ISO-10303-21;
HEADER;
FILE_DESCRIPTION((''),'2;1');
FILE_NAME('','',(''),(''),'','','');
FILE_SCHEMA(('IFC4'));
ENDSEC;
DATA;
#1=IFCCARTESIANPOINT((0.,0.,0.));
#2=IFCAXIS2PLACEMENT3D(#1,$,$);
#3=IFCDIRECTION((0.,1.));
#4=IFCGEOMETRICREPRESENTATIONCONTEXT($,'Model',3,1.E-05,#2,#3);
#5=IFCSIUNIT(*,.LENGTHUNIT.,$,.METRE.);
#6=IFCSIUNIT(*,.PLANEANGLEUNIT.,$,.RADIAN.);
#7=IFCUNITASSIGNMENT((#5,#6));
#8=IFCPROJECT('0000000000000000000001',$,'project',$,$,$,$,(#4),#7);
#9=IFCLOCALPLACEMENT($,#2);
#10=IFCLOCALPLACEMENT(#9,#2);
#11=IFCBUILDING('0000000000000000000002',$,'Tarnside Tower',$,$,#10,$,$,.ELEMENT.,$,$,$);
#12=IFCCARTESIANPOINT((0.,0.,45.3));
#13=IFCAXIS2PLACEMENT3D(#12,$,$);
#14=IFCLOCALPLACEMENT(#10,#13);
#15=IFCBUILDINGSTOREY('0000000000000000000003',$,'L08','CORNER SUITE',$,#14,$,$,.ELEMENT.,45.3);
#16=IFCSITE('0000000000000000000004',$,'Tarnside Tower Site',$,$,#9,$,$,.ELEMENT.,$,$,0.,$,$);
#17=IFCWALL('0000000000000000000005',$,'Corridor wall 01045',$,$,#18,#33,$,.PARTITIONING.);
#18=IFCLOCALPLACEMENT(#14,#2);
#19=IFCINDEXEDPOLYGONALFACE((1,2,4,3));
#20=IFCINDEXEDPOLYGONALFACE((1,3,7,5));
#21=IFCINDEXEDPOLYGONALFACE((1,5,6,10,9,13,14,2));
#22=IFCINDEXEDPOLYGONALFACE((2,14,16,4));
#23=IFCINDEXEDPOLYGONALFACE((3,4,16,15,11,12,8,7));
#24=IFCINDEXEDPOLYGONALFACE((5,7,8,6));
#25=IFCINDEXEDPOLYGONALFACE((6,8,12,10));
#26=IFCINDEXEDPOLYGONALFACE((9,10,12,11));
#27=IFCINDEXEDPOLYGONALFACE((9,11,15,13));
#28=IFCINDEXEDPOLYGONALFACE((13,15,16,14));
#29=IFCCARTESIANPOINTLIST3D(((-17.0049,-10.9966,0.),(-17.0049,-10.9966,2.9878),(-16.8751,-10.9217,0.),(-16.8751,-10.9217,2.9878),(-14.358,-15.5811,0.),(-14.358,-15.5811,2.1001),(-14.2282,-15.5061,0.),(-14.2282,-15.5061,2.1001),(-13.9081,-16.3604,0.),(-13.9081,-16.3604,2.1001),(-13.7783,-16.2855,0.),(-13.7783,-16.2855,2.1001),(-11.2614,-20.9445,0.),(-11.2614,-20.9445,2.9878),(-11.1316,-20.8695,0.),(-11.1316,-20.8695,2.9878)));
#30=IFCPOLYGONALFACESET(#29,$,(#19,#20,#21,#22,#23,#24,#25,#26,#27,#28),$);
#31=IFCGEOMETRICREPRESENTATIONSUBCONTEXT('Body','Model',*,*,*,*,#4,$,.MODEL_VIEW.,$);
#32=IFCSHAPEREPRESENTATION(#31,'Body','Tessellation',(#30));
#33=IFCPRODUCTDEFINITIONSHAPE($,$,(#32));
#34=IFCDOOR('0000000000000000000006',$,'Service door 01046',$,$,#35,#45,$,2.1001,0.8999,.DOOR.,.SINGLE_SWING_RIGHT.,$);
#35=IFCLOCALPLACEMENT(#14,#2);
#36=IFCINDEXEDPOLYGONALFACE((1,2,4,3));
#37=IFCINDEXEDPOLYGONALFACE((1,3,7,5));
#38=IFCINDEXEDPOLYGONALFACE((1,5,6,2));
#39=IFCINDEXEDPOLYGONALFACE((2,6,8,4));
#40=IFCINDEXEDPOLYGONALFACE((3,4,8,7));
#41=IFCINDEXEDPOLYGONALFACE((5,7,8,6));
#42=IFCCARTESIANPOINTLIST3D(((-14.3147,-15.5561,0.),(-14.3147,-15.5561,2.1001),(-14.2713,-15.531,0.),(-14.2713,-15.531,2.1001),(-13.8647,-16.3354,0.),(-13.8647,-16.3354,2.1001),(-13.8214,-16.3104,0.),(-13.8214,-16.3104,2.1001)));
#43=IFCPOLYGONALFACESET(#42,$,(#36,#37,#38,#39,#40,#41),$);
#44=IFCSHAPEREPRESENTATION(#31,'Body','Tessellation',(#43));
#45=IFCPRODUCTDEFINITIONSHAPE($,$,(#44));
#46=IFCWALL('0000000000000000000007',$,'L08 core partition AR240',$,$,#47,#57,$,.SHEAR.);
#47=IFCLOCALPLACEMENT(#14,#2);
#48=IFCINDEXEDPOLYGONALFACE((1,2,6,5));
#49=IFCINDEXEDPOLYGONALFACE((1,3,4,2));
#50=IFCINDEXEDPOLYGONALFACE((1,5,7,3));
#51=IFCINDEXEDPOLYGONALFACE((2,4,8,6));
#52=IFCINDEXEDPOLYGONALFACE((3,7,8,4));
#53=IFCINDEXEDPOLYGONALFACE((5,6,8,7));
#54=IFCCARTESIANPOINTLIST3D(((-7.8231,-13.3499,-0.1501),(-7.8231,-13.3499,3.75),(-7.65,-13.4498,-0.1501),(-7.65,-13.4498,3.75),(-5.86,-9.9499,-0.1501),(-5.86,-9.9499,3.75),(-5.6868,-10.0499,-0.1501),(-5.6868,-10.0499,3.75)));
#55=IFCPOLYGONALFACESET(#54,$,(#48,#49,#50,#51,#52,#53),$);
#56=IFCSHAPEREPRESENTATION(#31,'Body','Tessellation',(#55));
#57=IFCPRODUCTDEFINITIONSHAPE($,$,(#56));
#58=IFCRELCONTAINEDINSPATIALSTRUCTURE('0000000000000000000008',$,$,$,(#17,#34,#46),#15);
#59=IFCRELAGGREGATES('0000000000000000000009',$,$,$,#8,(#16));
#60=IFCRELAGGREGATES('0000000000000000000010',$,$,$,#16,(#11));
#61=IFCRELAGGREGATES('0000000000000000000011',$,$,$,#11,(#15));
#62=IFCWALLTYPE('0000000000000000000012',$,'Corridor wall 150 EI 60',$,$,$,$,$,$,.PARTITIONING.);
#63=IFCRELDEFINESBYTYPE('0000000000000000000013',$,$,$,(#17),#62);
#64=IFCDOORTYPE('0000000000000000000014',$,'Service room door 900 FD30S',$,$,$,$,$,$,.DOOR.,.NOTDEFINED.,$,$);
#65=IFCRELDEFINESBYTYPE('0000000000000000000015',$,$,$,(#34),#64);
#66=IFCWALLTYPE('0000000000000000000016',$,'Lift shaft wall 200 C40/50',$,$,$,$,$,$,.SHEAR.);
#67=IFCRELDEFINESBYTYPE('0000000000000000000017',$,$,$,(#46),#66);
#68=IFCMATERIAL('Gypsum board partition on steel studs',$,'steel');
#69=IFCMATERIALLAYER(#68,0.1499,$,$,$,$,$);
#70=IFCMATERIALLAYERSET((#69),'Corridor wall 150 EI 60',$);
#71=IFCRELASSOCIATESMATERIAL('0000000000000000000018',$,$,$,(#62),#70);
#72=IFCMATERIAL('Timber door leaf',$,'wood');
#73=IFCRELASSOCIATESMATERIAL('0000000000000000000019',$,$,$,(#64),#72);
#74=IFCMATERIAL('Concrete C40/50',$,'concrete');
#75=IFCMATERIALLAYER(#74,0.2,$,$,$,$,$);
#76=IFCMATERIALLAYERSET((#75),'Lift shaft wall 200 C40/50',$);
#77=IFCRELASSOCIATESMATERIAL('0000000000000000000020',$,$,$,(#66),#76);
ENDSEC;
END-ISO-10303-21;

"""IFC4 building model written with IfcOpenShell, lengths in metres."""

from ifc_helpers import new_model, si_unit, direction, frame, frame_2d, origin, place, context, subcontext, project, spatial, rectangle, extrude, material, layer, layer_set, type_object, element, fill, save


model = new_model("IFC4")

# Units and contexts
model_context = context("Model", 3, precision=1e-05, world=origin(), true_north=direction((0.0, 1.0)))
body_context = subcontext(model_context, "Body", "Model", "MODEL_VIEW")
ifc_project = project(units=[si_unit("LENGTHUNIT", "METRE"), si_unit("PLANEANGLEUNIT", "RADIAN")], contexts=[model_context])

# Site, building, storey
site_placement = place(None, origin())
site = spatial("IfcSite", under=ifc_project, at=site_placement, Name="Tarnside Tower Site", CompositionType="ELEMENT", RefElevation=0.0)
building_placement = place(site_placement, origin())
building = spatial("IfcBuilding", under=site, at=building_placement, Name="Tarnside Tower", CompositionType="ELEMENT")
storey_placement = place(building_placement, frame((0.0, 0.0, 45.3)))
storey = spatial("IfcBuildingStorey", under=building, at=storey_placement, Name="L08", Description="CORNER SUITE", CompositionType="ELEMENT", Elevation=45.3)

# Shared definitions
ifc_material_1 = material(Name="Gypsum board partition on steel studs", Category="steel")

# Shared definitions
ifc_material_2 = material(Name="Timber door leaf", Category="wood")

# Shared definitions
ifc_layer_1 = layer(ifc_material_1, 0.1499)
ifc_layer_set_1 = layer_set([ifc_layer_1], Name="Corridor wall 150 EI 60")
wall_type_1 = type_object("IfcWallType", Name="Corridor wall 150 EI 60", PredefinedType="PARTITIONING", material=ifc_layer_set_1)

# Wall, opening, door
wall_1_placement = place(storey_placement, frame((-11.1965, -20.907, 0.0), z_axis=(0.0, 0.0, 1.0), x_axis=(-0.500005, 0.866023, 0.0)))
wall_1 = element("IfcWall", 1, at=wall_1_placement, inside=storey, type_object=wall_type_1, Name="Corridor wall 01045", PredefinedType="PARTITIONING", context=body_context, shape_type="SweptSolid", body=[
    extrude(rectangle(XDim=11.4868, YDim=0.1499, at=frame_2d((5.7434, 0.0))), origin(), (0.0, 0.0, 1.0), 2.9878),
])
opening_1_placement = place(wall_1_placement, frame((5.2932, 0.0, 0.0)))
opening_1 = element("IfcOpeningElement", 2, at=opening_1_placement, cuts=wall_1, PredefinedType="OPENING", context=body_context, shape_type="SweptSolid", body=[
    extrude(rectangle(XDim=0.8999, YDim=2.1001, at=frame_2d((0.45, 1.05))), frame((0.0, 0.085, 0.0), z_axis=(0.0, -1.0, 0.0), x_axis=(1.0, 0.0, 0.0)), (0.0, 0.0, 1.0), 0.1699),
])
door_type_1 = type_object("IfcDoorType", Name="Service room door 900 FD30S", OperationType="NOTDEFINED", PredefinedType="DOOR", material=ifc_material_2)
door_1_placement = place(opening_1_placement, origin())
door_1 = element("IfcDoor", 3, at=door_1_placement, inside=storey, type_object=door_type_1, Name="Service door 01046", OperationType="SINGLE_SWING_RIGHT", OverallHeight=2.1001, OverallWidth=0.8999, PredefinedType="DOOR", context=body_context, shape_type="SweptSolid", body=[
    extrude(rectangle(XDim=0.8999, YDim=2.1001, at=frame_2d((0.45, 1.05))), frame((0.0, 0.0249, 0.0), z_axis=(0.0, -1.0, 0.0), x_axis=(1.0, 0.0, 0.0)), (0.0, 0.0, 1.0), 0.05),
])
fill(opening_1, door_1)

# Wall
ifc_material_3 = material(Name="Concrete C40/50", Category="concrete")
ifc_layer_2 = layer(ifc_material_3, 0.2)
ifc_layer_set_2 = layer_set([ifc_layer_2], Name="Lift shaft wall 200 C40/50")
wall_type_2 = type_object("IfcWallType", Name="Lift shaft wall 200 C40/50", PredefinedType="SHEAR", material=ifc_layer_set_2)
wall_2_placement = place(storey_placement, frame((-5.7734, -10.0, -0.1501), z_axis=(0.0, 0.0, 1.0), x_axis=(-0.500038, -0.866003, 0.0)))
element("IfcWall", 4, at=wall_2_placement, inside=storey, type_object=wall_type_2, Name="L08 core partition AR240", PredefinedType="SHEAR", context=body_context, shape_type="SweptSolid", body=[
    extrude(rectangle(XDim=3.926, YDim=0.2, at=frame_2d((1.9629, 0.0))), origin(), (0.0, 0.0, 1.0), 3.9001),
])

save(model, "model.ifc")
